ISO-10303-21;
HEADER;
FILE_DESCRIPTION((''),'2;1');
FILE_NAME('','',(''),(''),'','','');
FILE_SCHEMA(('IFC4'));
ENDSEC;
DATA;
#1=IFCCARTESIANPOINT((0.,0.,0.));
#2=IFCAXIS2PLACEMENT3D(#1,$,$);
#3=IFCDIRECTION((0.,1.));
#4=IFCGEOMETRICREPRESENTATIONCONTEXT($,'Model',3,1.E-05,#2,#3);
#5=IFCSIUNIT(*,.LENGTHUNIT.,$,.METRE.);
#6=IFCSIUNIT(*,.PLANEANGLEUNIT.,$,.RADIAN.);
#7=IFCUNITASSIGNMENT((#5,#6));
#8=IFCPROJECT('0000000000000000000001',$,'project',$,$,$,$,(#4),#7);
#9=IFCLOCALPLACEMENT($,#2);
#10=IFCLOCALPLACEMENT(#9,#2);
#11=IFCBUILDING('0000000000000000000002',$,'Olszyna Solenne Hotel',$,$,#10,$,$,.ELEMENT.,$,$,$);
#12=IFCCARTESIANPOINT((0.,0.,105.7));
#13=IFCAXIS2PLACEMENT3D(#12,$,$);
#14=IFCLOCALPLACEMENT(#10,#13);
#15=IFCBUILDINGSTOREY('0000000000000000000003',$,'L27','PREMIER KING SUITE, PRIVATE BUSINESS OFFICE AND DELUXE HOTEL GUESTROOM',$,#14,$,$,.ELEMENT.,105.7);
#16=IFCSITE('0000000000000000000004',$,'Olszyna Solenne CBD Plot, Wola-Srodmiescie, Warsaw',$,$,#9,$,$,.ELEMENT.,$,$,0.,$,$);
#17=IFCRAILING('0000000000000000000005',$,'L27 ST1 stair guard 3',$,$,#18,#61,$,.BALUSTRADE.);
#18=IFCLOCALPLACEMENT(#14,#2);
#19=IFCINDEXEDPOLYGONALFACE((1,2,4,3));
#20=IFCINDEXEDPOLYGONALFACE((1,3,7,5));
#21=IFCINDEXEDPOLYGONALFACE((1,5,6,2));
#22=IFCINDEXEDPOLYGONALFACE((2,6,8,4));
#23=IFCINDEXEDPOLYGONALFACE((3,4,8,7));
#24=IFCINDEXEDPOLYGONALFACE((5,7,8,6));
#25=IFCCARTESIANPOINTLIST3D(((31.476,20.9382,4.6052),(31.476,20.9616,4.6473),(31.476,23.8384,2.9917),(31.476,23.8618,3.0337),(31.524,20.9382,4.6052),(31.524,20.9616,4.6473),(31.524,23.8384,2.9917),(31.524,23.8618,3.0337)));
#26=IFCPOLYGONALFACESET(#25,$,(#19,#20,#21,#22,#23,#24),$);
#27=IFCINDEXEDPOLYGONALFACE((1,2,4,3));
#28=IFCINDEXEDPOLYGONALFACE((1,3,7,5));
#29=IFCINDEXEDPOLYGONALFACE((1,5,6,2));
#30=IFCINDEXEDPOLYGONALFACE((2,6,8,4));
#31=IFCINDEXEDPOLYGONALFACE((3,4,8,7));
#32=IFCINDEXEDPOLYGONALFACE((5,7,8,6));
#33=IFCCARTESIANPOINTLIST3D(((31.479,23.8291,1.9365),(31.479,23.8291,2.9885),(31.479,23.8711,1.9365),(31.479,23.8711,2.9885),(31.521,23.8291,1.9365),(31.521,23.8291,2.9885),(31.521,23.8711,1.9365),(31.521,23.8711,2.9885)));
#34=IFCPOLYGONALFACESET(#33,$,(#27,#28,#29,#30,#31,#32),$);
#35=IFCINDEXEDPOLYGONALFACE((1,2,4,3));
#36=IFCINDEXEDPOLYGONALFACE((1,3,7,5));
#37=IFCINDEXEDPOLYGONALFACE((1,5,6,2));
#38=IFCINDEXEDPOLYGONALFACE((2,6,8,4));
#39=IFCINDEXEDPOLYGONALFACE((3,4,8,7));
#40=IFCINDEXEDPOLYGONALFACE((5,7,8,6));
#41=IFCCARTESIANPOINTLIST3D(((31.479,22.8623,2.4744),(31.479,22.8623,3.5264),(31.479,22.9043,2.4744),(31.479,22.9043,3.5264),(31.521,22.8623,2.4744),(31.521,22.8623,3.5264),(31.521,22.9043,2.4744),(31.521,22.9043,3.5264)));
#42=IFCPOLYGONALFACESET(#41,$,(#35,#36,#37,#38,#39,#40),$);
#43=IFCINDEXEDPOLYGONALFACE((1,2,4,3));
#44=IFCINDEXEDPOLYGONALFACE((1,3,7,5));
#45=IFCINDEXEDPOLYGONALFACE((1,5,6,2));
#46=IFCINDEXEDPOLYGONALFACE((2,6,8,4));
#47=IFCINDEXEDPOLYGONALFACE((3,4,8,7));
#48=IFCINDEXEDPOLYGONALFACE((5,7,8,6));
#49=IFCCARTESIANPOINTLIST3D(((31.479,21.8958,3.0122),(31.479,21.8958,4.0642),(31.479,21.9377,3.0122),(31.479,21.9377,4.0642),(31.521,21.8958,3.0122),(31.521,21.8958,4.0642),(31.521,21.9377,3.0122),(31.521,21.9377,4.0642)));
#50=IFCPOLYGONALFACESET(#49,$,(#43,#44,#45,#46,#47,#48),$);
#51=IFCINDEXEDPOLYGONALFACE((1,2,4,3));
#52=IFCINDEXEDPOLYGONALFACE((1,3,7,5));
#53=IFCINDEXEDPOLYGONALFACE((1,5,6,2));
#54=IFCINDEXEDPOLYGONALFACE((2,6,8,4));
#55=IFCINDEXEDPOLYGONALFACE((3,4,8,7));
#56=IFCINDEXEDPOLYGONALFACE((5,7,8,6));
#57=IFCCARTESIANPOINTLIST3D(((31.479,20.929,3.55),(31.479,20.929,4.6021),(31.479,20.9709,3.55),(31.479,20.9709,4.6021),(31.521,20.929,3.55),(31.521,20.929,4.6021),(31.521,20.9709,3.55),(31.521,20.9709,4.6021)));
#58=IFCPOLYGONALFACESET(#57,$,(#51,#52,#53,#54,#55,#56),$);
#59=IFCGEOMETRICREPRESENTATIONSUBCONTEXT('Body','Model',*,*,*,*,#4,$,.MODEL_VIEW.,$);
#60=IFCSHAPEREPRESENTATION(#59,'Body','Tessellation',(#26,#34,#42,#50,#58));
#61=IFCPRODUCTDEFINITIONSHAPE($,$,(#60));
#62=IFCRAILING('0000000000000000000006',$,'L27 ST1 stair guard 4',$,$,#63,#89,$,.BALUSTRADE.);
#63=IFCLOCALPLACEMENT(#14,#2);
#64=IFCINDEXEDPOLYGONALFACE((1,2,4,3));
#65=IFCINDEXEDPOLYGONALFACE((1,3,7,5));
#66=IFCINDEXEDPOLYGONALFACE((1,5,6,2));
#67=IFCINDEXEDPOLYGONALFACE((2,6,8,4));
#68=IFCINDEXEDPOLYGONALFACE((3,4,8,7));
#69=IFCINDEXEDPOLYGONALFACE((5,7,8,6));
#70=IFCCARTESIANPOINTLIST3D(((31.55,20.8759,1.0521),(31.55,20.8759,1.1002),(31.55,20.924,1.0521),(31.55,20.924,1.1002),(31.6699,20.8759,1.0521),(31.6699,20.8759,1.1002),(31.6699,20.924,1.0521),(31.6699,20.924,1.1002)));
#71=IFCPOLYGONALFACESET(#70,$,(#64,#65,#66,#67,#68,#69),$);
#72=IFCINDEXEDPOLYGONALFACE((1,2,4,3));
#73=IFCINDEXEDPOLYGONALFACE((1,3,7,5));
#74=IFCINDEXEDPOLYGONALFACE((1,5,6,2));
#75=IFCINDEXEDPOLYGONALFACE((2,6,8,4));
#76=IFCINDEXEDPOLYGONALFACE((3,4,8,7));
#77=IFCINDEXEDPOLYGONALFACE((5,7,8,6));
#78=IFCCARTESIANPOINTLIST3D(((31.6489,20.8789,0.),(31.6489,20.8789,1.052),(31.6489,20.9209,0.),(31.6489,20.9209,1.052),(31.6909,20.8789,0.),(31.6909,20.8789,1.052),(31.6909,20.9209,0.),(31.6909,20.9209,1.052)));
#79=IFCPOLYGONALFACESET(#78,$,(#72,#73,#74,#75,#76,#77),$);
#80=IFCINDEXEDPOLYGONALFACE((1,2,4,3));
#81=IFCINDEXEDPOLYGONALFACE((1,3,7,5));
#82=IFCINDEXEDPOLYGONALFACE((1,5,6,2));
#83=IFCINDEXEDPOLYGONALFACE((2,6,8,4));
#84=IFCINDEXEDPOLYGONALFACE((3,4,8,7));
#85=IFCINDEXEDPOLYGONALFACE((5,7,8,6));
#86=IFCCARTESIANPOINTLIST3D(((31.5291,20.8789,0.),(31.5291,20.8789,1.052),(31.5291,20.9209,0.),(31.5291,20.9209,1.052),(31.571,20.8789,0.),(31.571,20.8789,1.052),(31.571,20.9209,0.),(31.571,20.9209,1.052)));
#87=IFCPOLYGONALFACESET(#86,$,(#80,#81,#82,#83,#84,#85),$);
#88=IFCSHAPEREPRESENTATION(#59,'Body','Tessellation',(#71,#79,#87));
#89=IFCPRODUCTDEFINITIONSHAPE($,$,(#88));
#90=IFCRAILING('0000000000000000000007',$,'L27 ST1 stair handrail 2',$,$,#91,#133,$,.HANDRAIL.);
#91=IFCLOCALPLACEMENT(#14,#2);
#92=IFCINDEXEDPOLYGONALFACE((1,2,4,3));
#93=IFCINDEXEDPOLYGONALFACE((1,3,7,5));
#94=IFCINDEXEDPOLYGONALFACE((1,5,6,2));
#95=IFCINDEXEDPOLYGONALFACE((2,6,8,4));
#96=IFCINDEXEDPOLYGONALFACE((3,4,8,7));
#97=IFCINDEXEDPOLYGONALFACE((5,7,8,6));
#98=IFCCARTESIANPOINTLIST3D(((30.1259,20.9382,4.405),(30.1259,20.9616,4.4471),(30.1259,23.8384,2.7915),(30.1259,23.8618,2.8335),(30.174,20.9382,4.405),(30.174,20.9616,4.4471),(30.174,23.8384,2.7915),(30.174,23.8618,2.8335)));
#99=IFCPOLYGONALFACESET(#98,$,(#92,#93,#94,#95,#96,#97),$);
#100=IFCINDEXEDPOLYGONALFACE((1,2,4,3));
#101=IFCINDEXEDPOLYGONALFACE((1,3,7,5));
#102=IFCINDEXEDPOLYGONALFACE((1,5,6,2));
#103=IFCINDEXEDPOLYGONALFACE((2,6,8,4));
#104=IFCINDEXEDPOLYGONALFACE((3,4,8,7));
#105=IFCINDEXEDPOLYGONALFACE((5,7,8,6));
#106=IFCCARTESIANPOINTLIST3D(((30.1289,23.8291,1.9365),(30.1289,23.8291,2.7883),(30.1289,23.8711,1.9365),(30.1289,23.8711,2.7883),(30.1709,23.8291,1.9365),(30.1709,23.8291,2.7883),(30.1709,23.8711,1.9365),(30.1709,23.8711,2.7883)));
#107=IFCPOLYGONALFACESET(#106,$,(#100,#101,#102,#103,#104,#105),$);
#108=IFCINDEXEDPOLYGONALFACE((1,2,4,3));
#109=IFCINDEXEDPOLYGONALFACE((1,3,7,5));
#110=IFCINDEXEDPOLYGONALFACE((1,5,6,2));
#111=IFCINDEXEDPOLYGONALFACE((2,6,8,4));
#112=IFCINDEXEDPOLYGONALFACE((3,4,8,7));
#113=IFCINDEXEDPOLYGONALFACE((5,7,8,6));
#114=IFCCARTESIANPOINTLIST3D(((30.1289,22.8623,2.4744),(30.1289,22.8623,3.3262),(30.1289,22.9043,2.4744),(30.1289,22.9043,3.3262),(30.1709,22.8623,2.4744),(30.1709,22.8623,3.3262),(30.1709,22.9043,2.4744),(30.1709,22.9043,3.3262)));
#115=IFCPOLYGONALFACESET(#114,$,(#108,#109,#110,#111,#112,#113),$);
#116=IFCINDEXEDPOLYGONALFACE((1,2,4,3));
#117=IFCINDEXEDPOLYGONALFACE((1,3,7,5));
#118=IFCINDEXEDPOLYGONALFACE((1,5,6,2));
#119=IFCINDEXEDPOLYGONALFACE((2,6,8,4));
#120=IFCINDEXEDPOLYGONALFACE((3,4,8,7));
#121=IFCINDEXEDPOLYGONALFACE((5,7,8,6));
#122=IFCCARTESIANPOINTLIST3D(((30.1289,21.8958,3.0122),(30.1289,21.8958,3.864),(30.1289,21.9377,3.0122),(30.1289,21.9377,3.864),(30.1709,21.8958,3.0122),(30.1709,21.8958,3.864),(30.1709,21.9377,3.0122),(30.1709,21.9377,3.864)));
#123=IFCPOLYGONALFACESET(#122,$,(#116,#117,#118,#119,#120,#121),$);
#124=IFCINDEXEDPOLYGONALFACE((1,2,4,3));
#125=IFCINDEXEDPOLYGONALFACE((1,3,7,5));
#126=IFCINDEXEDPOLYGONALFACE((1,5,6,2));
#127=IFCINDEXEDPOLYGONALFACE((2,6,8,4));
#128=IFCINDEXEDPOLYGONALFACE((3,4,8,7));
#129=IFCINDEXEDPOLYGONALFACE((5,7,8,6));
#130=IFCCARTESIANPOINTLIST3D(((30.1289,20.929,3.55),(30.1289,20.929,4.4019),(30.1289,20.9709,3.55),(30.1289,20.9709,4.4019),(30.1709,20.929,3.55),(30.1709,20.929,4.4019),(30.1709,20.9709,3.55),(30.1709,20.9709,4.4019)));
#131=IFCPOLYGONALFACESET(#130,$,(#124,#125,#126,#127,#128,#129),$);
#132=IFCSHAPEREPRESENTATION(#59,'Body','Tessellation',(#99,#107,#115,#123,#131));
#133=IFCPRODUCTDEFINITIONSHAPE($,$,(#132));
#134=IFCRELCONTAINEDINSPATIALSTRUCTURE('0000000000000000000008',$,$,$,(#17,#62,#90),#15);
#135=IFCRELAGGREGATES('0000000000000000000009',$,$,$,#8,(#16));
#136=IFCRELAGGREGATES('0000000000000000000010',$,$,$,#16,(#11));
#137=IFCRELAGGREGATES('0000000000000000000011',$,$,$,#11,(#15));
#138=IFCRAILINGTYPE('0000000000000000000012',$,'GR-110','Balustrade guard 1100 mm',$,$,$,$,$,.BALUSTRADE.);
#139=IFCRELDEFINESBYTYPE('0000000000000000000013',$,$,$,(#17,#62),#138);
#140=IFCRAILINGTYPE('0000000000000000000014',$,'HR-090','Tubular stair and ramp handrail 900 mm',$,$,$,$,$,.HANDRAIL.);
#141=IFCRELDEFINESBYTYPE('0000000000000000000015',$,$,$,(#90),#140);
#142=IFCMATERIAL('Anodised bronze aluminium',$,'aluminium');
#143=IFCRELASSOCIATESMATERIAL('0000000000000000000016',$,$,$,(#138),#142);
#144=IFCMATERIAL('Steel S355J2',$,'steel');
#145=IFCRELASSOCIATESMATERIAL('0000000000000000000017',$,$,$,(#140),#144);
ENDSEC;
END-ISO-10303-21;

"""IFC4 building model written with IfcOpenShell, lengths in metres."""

from ifc_helpers import new_model, si_unit, direction, frame, origin, origin_2d, place, context, subcontext, project, spatial, rectangle, extrude, material, type_object, element, save


model = new_model("IFC4")

# Units and contexts
model_context = context("Model", 3, precision=1e-05, world=origin(), true_north=direction((0.0, 1.0)))
body_context = subcontext(model_context, "Body", "Model", "MODEL_VIEW")
ifc_project = project(units=[si_unit("LENGTHUNIT", "METRE"), si_unit("PLANEANGLEUNIT", "RADIAN")], contexts=[model_context])

# Site, building, storey
site_placement = place(None, origin())
site = spatial("IfcSite", under=ifc_project, at=site_placement, Name="Olszyna Solenne CBD Plot, Wola-Srodmiescie, Warsaw", CompositionType="ELEMENT", RefElevation=0.0)
building_placement = place(site_placement, origin())
building = spatial("IfcBuilding", under=site, at=building_placement, Name="Olszyna Solenne Hotel", CompositionType="ELEMENT")
storey_placement = place(building_placement, frame((0.0, 0.0, 105.7)))
storey = spatial("IfcBuildingStorey", under=building, at=storey_placement, Name="L27", Description="PREMIER KING SUITE, PRIVATE BUSINESS OFFICE AND DELUXE HOTEL GUESTROOM", CompositionType="ELEMENT", Elevation=105.7)

# Shared definitions
ifc_material_1 = material(Name="Anodised bronze aluminium", Category="aluminium")

# Railings
railing_type_1 = type_object("IfcRailingType", Name="GR-110", Description="Balustrade guard 1100 mm", PredefinedType="BALUSTRADE", material=ifc_material_1)
railing_1_placement = place(storey_placement, frame((31.5, 23.8501, 1.9365)))
element("IfcRailing", 1, at=railing_1_placement, inside=storey, type_object=railing_type_1, Name="L27 ST1 stair guard 3", PredefinedType="BALUSTRADE", context=body_context, shape_type="SweptSolid", body=[
    extrude(rectangle(XDim=0.0481, YDim=0.0481, at=origin_2d()), frame((0.0, 0.0, 1.0762), z_axis=(0.0, -0.873859, 0.48618), x_axis=(1.0, 0.0, 0.0)), (0.0, 0.0, 1.0), 3.3188),
    extrude(rectangle(XDim=0.042, YDim=0.042, at=origin_2d()), origin(), (0.0, 0.0, 1.0), 1.052),
    extrude(rectangle(XDim=0.042, YDim=0.042, at=origin_2d()), frame((0.0, -0.9668, 0.5378)), (0.0, 0.0, 1.0), 1.052),
    extrude(rectangle(XDim=0.042, YDim=0.042, at=origin_2d()), frame((0.0, -1.9333, 1.0757)), (0.0, 0.0, 1.0), 1.052),
    extrude(rectangle(XDim=0.042, YDim=0.042, at=origin_2d()), frame((0.0, -2.9001, 1.6135)), (0.0, 0.0, 1.0), 1.052),
])
railing_2_placement = place(storey_placement, frame((31.6699, 20.8999, 0.0)))
element("IfcRailing", 2, at=railing_2_placement, inside=storey, type_object=railing_type_1, Name="L27 ST1 stair guard 4", PredefinedType="BALUSTRADE", context=body_context, shape_type="SweptSolid", body=[
    extrude(rectangle(XDim=0.0481, YDim=0.0481, at=origin_2d()), frame((0.0, 0.0, 1.0762), z_axis=(-1.0, 0.0, 0.0), x_axis=(0.0, -1.0, 0.0)), (0.0, 0.0, 1.0), 0.1199),
    extrude(rectangle(XDim=0.042, YDim=0.042, at=origin_2d()), origin(), (0.0, 0.0, 1.0), 1.052),
    extrude(rectangle(XDim=0.042, YDim=0.042, at=origin_2d()), frame((-0.1199, 0.0, 0.0)), (0.0, 0.0, 1.0), 1.052),
])
ifc_material_2 = material(Name="Steel S355J2", Category="steel")
railing_type_2 = type_object("IfcRailingType", Name="HR-090", Description="Tubular stair and ramp handrail 900 mm", PredefinedType="HANDRAIL", material=ifc_material_2)
railing_3_placement = place(storey_placement, frame((30.1499, 23.8501, 1.9365)))
element("IfcRailing", 3, at=railing_3_placement, inside=storey, type_object=railing_type_2, Name="L27 ST1 stair handrail 2", PredefinedType="HANDRAIL", context=body_context, shape_type="SweptSolid", body=[
    extrude(rectangle(XDim=0.0481, YDim=0.0481, at=origin_2d()), frame((0.0, 0.0, 0.876), z_axis=(0.0, -0.873859, 0.48618), x_axis=(1.0, 0.0, 0.0)), (0.0, 0.0, 1.0), 3.3188),
    extrude(rectangle(XDim=0.042, YDim=0.042, at=origin_2d()), origin(), (0.0, 0.0, 1.0), 0.8518),
    extrude(rectangle(XDim=0.042, YDim=0.042, at=origin_2d()), frame((0.0, -0.9668, 0.5378)), (0.0, 0.0, 1.0), 0.8518),
    extrude(rectangle(XDim=0.042, YDim=0.042, at=origin_2d()), frame((0.0, -1.9333, 1.0757)), (0.0, 0.0, 1.0), 0.8518),
    extrude(rectangle(XDim=0.042, YDim=0.042, at=origin_2d()), frame((0.0, -2.9001, 1.6135)), (0.0, 0.0, 1.0), 0.8518),
])

save(model, "model.ifc")
